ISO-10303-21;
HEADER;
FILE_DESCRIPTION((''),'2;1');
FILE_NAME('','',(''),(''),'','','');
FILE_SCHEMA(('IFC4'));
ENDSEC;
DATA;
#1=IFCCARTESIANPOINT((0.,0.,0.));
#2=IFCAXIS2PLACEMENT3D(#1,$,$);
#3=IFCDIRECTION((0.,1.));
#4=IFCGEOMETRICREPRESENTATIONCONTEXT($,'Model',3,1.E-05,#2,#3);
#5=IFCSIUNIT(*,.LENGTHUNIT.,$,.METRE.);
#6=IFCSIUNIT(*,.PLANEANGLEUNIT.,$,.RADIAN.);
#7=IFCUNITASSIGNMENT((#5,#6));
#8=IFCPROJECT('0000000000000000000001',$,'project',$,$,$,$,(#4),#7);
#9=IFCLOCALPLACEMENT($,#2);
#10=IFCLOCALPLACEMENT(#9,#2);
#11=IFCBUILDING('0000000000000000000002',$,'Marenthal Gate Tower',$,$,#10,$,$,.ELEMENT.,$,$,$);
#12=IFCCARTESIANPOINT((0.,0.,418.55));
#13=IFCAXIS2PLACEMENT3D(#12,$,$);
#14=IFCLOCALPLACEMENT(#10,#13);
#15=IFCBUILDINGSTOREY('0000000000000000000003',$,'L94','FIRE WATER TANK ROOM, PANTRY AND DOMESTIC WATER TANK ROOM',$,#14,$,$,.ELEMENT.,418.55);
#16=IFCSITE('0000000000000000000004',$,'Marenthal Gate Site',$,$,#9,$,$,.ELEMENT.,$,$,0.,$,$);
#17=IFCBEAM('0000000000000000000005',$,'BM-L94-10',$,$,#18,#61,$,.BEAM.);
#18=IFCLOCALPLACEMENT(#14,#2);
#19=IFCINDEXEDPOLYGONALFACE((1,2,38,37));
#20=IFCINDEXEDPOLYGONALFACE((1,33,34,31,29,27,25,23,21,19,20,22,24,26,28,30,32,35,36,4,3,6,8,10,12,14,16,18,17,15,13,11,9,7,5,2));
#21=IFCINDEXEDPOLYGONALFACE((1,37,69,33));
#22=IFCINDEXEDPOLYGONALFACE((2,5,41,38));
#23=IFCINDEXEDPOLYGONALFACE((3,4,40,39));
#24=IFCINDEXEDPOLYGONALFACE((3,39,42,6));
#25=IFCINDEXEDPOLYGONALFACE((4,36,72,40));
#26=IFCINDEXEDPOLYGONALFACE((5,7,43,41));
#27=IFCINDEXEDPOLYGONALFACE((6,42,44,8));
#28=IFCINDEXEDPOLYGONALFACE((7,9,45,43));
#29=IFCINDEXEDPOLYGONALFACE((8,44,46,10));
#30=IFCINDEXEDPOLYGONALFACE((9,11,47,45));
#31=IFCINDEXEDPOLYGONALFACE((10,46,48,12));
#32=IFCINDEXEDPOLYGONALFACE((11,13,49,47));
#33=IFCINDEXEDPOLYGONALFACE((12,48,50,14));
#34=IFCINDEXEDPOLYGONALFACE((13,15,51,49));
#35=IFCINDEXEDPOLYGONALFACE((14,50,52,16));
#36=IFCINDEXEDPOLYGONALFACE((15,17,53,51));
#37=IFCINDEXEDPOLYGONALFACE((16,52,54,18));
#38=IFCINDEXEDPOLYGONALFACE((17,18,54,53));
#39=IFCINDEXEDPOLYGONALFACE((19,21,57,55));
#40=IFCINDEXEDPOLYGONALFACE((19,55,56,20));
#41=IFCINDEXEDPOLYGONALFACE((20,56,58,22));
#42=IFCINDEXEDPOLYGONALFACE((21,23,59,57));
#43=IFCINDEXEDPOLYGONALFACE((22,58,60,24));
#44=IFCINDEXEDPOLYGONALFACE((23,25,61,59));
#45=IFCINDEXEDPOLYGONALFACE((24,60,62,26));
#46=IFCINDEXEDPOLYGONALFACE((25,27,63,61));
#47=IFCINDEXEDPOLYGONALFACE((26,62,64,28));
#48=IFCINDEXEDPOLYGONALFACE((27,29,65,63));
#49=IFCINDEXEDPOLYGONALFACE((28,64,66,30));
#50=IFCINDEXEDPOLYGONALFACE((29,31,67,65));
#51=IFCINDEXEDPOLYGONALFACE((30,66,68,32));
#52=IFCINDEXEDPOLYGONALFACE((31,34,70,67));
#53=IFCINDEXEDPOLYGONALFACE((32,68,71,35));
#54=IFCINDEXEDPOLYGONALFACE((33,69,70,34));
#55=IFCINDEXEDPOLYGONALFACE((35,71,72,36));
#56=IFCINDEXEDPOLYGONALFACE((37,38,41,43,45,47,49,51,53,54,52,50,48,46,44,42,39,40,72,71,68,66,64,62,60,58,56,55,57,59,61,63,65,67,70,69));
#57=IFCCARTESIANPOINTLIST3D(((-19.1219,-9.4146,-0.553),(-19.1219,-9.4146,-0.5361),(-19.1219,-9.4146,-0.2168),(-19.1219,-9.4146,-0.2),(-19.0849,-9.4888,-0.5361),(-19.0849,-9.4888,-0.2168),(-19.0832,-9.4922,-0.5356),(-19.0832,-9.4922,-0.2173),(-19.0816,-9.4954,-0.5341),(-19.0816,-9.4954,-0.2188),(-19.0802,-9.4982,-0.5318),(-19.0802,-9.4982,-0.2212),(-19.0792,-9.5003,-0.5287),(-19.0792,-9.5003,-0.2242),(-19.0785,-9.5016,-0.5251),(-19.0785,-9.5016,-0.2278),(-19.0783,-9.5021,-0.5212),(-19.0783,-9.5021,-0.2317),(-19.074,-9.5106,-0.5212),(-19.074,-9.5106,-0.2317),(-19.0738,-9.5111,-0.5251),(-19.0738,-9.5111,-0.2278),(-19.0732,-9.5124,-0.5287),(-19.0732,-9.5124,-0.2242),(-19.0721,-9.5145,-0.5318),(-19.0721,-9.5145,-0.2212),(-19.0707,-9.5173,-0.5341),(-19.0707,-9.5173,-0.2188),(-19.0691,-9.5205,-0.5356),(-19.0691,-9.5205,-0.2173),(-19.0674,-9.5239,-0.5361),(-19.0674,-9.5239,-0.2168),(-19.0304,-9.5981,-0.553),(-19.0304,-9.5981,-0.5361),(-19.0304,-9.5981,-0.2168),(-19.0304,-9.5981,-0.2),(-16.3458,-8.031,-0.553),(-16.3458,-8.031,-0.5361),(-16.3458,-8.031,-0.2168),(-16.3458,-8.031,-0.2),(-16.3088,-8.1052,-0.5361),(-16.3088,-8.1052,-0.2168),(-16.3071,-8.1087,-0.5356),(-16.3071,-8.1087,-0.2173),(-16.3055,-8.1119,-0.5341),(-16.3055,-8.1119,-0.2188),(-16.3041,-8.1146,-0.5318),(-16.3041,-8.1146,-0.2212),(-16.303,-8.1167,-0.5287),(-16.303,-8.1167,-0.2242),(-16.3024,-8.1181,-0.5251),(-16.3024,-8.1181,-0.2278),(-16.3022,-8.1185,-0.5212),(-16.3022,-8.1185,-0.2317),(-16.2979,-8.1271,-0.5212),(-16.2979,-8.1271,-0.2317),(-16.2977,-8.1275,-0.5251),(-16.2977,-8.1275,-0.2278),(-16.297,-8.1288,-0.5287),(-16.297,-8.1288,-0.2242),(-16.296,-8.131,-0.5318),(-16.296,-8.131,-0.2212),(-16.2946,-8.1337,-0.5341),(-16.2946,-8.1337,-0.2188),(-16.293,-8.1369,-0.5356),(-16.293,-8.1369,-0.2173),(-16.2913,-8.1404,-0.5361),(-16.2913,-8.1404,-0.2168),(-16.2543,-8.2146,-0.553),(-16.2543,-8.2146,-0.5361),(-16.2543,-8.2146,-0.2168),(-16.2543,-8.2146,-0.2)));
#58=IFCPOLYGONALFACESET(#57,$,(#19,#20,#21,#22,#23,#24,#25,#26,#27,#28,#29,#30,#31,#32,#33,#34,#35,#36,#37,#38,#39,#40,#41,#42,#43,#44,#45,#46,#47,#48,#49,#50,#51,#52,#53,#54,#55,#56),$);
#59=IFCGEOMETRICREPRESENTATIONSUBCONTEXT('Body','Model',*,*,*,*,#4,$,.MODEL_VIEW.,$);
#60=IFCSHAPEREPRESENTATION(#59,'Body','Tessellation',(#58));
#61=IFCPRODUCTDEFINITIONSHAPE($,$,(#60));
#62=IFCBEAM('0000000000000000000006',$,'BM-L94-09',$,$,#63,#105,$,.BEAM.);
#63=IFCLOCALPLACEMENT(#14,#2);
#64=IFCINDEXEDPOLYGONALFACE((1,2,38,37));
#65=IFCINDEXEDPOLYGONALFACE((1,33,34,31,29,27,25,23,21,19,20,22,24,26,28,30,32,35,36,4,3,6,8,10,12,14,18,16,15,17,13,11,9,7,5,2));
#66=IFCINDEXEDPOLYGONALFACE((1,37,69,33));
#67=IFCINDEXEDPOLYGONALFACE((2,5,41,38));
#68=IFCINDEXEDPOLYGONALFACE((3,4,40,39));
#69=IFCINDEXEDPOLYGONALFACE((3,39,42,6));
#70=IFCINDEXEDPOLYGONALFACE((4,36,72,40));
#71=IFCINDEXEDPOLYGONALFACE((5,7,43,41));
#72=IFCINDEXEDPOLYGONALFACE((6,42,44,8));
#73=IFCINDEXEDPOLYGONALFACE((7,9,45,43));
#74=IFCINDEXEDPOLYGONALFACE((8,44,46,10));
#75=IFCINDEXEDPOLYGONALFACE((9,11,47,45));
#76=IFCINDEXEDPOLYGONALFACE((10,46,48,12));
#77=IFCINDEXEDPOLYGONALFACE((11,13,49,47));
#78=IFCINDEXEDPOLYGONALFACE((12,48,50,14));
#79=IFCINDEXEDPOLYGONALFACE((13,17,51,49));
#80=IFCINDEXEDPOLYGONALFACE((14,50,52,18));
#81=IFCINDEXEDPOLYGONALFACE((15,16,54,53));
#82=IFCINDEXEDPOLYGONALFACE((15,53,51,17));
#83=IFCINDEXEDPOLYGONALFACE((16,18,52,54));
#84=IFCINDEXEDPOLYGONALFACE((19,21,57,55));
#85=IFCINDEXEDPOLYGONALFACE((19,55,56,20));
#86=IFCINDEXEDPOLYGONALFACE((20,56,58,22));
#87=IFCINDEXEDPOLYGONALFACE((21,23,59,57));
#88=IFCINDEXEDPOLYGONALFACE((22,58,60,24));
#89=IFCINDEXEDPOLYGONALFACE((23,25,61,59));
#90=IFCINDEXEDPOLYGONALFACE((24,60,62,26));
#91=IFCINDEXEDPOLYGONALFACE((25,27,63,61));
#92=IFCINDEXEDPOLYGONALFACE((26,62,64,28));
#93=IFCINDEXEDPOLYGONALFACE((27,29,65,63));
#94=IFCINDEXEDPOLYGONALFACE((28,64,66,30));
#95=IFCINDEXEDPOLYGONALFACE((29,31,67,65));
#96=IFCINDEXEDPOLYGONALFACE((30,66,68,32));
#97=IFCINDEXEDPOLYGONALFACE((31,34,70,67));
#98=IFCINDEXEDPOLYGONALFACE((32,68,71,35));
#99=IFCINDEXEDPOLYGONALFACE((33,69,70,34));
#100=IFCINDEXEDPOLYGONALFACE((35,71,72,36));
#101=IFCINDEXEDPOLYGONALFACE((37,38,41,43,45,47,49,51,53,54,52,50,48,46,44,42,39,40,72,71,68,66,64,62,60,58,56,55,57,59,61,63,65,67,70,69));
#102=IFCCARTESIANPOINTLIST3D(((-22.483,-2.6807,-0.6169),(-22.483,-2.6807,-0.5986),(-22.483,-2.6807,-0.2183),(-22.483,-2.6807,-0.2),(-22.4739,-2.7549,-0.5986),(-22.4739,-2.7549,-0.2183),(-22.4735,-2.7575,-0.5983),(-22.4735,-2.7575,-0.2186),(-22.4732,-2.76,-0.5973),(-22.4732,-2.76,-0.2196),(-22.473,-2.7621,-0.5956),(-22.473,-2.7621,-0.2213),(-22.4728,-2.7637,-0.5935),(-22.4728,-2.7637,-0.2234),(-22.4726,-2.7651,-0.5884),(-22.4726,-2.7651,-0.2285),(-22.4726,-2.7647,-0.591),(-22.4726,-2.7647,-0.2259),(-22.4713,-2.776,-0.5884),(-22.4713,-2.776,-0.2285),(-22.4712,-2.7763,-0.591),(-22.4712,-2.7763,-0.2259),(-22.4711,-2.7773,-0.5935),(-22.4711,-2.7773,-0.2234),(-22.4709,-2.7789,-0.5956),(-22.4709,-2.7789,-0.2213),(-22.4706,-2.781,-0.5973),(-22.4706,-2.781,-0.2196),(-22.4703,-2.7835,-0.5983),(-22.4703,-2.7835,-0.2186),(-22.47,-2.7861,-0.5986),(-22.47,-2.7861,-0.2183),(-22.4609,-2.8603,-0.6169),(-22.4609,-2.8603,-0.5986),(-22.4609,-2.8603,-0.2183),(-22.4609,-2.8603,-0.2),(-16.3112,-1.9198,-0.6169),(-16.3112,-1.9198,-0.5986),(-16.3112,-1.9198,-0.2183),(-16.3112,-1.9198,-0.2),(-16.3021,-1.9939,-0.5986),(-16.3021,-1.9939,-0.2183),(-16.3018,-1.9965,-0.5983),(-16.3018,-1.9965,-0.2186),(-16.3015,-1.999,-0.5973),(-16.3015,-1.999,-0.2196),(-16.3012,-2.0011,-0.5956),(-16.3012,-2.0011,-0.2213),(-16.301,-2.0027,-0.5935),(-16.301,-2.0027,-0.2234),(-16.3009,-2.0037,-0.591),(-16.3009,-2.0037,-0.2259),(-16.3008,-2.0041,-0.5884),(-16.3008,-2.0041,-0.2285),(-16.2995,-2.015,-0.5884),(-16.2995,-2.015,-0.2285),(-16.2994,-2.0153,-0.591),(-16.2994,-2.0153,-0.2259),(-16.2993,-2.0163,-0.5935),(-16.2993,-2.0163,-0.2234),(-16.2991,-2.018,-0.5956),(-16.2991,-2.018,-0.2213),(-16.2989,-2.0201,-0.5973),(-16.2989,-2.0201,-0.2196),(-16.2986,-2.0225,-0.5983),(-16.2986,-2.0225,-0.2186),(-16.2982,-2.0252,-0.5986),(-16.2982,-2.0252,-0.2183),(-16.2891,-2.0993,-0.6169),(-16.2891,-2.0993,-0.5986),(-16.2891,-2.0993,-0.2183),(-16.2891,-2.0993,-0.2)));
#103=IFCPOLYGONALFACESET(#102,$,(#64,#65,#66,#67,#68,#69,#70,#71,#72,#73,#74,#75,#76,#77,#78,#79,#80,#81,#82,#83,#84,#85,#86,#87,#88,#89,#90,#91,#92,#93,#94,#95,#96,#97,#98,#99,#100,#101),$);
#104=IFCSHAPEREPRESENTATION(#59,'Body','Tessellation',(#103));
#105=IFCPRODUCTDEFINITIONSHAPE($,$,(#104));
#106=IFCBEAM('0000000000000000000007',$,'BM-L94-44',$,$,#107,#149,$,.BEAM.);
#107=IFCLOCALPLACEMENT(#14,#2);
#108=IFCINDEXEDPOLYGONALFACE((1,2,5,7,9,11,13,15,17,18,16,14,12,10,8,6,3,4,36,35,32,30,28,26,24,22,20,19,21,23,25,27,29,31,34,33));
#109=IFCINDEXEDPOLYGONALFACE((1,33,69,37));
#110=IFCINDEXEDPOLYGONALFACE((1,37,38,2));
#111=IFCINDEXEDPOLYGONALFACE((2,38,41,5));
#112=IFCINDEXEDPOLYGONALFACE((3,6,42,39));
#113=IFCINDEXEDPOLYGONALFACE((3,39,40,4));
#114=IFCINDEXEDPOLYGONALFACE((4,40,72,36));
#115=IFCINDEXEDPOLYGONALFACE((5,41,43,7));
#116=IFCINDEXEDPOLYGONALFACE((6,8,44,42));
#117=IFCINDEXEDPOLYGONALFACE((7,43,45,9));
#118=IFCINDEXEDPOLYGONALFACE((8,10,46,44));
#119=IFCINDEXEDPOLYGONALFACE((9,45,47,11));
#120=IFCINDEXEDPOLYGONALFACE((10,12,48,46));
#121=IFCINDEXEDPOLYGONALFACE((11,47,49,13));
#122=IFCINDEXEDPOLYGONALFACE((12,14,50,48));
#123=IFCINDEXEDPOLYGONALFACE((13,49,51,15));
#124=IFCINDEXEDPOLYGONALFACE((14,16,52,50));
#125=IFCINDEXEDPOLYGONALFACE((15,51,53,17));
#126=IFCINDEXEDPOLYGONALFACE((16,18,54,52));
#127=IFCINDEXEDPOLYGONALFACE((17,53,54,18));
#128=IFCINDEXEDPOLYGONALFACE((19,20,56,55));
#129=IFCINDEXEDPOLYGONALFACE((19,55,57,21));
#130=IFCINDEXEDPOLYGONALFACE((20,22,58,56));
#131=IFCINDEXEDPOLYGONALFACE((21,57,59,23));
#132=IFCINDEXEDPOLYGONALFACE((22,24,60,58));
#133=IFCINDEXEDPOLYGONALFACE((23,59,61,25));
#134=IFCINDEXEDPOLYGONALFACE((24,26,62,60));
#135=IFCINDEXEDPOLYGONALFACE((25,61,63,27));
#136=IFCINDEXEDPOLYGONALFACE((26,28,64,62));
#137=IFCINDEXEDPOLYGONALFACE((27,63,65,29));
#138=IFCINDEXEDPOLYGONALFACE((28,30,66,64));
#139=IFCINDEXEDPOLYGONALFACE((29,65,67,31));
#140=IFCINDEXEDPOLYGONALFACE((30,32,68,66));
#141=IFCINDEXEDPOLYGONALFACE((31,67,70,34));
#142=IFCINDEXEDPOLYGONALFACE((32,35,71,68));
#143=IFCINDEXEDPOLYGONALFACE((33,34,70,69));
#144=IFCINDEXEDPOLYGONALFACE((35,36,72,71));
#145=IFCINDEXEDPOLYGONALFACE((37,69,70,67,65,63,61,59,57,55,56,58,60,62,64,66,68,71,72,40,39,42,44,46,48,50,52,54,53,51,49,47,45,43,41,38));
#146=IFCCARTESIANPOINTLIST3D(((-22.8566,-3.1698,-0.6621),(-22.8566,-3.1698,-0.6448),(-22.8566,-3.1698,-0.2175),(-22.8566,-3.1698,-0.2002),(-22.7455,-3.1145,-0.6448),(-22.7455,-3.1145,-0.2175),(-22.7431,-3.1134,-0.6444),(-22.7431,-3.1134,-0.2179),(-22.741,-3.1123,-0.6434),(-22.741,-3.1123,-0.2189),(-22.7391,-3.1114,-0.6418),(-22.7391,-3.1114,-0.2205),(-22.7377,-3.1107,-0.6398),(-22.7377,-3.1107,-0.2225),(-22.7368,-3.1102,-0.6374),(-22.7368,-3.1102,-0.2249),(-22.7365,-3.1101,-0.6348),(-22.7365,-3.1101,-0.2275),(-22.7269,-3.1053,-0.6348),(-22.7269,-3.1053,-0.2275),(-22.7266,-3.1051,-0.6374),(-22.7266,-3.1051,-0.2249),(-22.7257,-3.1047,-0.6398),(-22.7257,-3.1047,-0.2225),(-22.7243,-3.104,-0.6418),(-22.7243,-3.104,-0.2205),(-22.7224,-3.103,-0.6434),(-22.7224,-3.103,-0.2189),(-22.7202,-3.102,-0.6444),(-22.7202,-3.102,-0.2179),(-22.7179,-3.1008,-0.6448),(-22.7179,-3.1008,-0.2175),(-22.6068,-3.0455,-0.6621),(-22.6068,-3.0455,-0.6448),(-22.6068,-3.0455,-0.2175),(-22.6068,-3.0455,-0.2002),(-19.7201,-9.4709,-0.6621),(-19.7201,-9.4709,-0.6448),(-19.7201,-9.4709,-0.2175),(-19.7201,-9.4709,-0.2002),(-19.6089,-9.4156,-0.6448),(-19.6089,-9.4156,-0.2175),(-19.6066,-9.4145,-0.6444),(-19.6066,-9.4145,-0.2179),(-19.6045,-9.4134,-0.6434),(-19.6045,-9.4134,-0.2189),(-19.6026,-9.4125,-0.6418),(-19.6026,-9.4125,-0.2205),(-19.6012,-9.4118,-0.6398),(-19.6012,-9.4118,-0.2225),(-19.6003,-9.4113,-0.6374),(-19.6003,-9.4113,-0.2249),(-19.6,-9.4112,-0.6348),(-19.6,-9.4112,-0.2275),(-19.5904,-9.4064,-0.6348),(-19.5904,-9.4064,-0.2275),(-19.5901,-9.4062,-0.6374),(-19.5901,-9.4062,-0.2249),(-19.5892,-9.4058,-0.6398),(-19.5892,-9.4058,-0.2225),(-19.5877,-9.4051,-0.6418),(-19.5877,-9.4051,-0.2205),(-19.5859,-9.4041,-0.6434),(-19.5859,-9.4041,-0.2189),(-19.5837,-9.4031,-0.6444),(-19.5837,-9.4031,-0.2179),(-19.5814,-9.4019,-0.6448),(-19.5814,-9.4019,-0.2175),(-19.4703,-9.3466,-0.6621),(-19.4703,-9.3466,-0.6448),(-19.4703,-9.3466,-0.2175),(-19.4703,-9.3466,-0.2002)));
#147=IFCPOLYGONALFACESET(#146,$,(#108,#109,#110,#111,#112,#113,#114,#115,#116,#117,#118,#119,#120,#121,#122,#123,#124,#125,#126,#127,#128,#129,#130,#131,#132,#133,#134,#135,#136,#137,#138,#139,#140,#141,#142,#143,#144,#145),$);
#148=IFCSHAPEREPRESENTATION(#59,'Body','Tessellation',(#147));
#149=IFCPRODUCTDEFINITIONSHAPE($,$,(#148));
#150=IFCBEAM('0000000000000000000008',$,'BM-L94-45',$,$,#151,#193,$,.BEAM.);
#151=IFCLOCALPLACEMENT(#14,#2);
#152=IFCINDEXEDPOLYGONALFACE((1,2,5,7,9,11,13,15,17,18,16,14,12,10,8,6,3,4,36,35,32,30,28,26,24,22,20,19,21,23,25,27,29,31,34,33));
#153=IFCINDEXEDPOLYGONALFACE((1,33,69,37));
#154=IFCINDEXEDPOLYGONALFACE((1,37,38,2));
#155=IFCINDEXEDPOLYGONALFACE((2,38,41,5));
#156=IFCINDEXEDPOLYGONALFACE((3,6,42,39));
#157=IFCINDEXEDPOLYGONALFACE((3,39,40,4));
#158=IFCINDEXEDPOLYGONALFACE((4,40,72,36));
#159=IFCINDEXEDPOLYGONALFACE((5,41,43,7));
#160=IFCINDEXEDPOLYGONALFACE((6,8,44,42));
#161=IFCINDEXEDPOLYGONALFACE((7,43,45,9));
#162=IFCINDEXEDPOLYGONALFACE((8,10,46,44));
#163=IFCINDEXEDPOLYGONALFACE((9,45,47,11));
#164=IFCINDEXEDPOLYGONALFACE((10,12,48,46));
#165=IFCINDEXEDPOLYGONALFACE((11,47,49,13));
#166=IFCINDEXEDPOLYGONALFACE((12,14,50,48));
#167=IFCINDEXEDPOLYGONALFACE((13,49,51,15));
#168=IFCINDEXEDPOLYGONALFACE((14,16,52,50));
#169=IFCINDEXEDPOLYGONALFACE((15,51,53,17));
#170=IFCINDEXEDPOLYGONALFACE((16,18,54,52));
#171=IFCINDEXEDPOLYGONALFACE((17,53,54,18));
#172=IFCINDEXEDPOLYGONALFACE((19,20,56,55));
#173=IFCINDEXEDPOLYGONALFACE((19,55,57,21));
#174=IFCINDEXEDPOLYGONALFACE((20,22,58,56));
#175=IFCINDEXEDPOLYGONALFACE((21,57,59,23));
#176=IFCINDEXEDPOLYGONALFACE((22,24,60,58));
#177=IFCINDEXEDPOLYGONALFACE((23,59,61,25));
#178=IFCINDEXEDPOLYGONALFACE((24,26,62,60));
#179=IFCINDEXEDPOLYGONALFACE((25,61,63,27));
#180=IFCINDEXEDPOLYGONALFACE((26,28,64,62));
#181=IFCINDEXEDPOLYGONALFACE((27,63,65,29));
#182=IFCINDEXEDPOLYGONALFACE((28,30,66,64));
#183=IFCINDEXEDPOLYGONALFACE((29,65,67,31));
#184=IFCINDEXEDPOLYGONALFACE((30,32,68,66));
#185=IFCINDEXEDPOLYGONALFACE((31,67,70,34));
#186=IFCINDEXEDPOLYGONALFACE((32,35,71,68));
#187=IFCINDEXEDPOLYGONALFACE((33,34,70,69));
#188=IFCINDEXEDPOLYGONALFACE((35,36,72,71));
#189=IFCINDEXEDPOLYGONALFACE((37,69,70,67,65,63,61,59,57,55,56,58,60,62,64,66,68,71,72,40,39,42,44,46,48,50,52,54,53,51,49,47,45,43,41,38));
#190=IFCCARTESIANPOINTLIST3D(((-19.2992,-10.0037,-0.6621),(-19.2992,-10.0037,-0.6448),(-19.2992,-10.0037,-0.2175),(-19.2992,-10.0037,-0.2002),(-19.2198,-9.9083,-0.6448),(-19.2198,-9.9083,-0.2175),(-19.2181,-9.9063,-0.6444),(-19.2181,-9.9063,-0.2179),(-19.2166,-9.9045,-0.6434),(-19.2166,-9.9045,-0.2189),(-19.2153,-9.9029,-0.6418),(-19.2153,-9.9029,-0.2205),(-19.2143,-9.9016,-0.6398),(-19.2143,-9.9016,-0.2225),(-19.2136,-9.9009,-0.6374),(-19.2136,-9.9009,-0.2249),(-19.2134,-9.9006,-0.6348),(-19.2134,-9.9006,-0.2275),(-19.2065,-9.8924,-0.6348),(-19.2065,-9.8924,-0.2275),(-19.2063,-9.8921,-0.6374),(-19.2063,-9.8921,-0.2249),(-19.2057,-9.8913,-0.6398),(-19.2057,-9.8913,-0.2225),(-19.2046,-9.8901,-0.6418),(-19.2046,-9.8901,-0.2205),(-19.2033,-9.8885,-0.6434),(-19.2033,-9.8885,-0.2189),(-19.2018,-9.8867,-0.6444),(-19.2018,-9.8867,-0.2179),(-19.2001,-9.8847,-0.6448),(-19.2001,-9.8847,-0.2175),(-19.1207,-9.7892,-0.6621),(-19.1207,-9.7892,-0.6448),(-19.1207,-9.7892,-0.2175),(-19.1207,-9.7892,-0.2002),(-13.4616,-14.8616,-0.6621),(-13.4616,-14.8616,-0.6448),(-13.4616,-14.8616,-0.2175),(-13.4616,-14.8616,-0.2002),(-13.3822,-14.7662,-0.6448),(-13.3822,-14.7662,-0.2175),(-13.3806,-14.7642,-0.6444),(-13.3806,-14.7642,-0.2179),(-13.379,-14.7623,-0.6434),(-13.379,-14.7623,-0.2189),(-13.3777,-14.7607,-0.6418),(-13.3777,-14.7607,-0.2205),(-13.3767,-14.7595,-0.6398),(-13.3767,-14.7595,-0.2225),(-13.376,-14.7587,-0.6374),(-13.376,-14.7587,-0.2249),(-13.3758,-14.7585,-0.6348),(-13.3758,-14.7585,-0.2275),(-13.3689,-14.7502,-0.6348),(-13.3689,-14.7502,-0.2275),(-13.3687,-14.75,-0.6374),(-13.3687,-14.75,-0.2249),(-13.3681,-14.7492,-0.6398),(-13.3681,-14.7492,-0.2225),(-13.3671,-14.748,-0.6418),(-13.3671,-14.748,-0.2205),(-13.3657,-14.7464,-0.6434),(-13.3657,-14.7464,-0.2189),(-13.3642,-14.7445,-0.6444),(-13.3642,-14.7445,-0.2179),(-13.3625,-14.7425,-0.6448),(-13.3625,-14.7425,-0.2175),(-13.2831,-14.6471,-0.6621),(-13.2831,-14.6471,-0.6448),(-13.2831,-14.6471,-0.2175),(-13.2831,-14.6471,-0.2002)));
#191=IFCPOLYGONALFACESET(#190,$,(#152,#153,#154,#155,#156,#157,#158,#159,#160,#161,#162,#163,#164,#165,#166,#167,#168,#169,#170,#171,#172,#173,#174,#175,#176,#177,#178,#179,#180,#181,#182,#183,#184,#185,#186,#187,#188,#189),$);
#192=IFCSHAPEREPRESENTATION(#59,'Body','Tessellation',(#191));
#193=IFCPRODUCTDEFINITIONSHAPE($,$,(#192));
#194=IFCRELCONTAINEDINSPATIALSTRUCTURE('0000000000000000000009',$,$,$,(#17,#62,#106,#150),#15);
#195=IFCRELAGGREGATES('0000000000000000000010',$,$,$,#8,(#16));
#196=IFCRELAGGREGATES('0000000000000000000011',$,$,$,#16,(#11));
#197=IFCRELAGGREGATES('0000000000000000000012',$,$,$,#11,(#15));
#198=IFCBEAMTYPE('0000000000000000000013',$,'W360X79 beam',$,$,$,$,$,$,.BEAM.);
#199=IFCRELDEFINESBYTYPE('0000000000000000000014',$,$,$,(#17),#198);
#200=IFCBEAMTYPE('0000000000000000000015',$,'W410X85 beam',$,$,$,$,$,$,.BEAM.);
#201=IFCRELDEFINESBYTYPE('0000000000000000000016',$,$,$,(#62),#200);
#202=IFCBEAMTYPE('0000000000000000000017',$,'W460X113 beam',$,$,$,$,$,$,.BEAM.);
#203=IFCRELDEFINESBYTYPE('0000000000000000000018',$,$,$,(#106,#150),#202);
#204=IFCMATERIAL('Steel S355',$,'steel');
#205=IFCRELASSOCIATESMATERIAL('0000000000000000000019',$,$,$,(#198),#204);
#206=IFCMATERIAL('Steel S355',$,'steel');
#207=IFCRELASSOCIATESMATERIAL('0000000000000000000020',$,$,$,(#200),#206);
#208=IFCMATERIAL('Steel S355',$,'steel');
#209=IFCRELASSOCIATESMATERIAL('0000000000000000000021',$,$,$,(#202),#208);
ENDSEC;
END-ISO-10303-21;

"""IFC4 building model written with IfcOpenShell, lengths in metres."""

from ifc_helpers import new_model, si_unit, direction, frame, origin, origin_2d, place, context, subcontext, project, spatial, i_section, extrude, material, material_profile, profile_set, type_object, element, save


model = new_model("IFC4")

# Units and contexts
model_context = context("Model", 3, precision=1e-05, world=origin(), true_north=direction((0.0, 1.0)))
body_context = subcontext(model_context, "Body", "Model", "MODEL_VIEW")
ifc_project = project(units=[si_unit("LENGTHUNIT", "METRE"), si_unit("PLANEANGLEUNIT", "RADIAN")], contexts=[model_context])

# Site, building, storey
site_placement = place(None, origin())
site = spatial("IfcSite", under=ifc_project, at=site_placement, Name="Marenthal Gate Site", CompositionType="ELEMENT", RefElevation=0.0)
building_placement = place(site_placement, origin())
building = spatial("IfcBuilding", under=site, at=building_placement, Name="Marenthal Gate Tower", CompositionType="ELEMENT")
storey_placement = place(building_placement, frame((0.0, 0.0, 418.55)))
storey = spatial("IfcBuildingStorey", under=building, at=storey_placement, Name="L94", Description="FIRE WATER TANK ROOM, PANTRY AND DOMESTIC WATER TANK ROOM", CompositionType="ELEMENT", Elevation=418.55)

# Beams
ifc_material_1 = material(Name="Steel S355", Category="steel")
ifc_material_profile_1 = material_profile(ifc_material_1, i_section(OverallWidth=0.2051, OverallDepth=0.353, WebThickness=0.0095, FlangeThickness=0.0168, FilletRadius=0.0149, at=origin_2d()), Name="W360X79")
ifc_profile_set_1 = profile_set([ifc_material_profile_1], Name="Steel S355")
beam_type_1 = type_object("IfcBeamType", Name="W360X79 beam", PredefinedType="BEAM", material=ifc_profile_set_1)
beam_1_placement = place(storey_placement, frame((-19.0762, -9.5063, -0.3765), z_axis=(0.895009, 0.446048, 0.0), x_axis=(-0.446048, 0.895009, 0.0)))
element("IfcBeam", 1, at=beam_1_placement, inside=storey, type_object=beam_type_1, Name="BM-L94-10", PredefinedType="BEAM", context=body_context, shape_type="SweptSolid", body=[
    extrude(i_section(OverallWidth=0.2051, OverallDepth=0.353, WebThickness=0.0095, FlangeThickness=0.0168, FilletRadius=0.0149, at=origin_2d()), origin(), (0.0, 0.0, 1.0), 3.1018),
])
ifc_material_2 = material(Name="Steel S355", Category="steel")
ifc_material_profile_2 = material_profile(ifc_material_2, i_section(OverallWidth=0.1809, OverallDepth=0.417, WebThickness=0.011, FlangeThickness=0.0183, FilletRadius=0.0103, at=origin_2d()), Name="W410X85")
ifc_profile_set_2 = profile_set([ifc_material_profile_2], Name="Steel S355")
beam_type_2 = type_object("IfcBeamType", Name="W410X85 beam", PredefinedType="BEAM", material=ifc_profile_set_2)
beam_2_placement = place(storey_placement, frame((-22.4719, -2.7705, -0.4084), z_axis=(0.992484, 0.122372, 0.0), x_axis=(-0.122372, 0.992484, 0.0)))
element("IfcBeam", 2, at=beam_2_placement, inside=storey, type_object=beam_type_2, Name="BM-L94-09", PredefinedType="BEAM", context=body_context, shape_type="SweptSolid", body=[
    extrude(i_section(OverallWidth=0.1809, OverallDepth=0.417, WebThickness=0.011, FlangeThickness=0.0183, FilletRadius=0.0103, at=origin_2d()), origin(), (0.0, 0.0, 1.0), 6.2185),
])
ifc_material_3 = material(Name="Steel S355", Category="steel")
ifc_material_profile_3 = material_profile(ifc_material_3, i_section(OverallWidth=0.2791, OverallDepth=0.4619, WebThickness=0.0107, FlangeThickness=0.0173, FilletRadius=0.01, at=origin_2d()), Name="W460X113")
ifc_profile_set_3 = profile_set([ifc_material_profile_3], Name="Steel S355")
beam_type_3 = type_object("IfcBeamType", Name="W460X113 beam", PredefinedType="BEAM", material=ifc_profile_set_3)
beam_3_placement = place(storey_placement, frame((-22.7317, -3.1077, -0.4312), z_axis=(0.445617, -0.895224, 0.0), x_axis=(0.895224, 0.445617, 0.0)))
element("IfcBeam", 3, at=beam_3_placement, inside=storey, type_object=beam_type_3, Name="BM-L94-44", PredefinedType="BEAM", context=body_context, shape_type="SweptSolid", body=[
    extrude(i_section(OverallWidth=0.2791, OverallDepth=0.4619, WebThickness=0.0107, FlangeThickness=0.0173, FilletRadius=0.01, at=origin_2d()), origin(), (0.0, 0.0, 1.0), 7.0386),
])
beam_4_placement = place(storey_placement, frame((-19.21, -9.8965, -0.4312), z_axis=(0.768661, -0.639656, 0.0), x_axis=(0.639656, 0.768661, 0.0)))
element("IfcBeam", 4, at=beam_4_placement, inside=storey, type_object=beam_type_3, Name="BM-L94-45", PredefinedType="BEAM", context=body_context, shape_type="SweptSolid", body=[
    extrude(i_section(OverallWidth=0.2791, OverallDepth=0.4619, WebThickness=0.0107, FlangeThickness=0.0173, FilletRadius=0.01, at=origin_2d()), origin(), (0.0, 0.0, 1.0), 7.5945),
])

save(model, "model.ifc")
